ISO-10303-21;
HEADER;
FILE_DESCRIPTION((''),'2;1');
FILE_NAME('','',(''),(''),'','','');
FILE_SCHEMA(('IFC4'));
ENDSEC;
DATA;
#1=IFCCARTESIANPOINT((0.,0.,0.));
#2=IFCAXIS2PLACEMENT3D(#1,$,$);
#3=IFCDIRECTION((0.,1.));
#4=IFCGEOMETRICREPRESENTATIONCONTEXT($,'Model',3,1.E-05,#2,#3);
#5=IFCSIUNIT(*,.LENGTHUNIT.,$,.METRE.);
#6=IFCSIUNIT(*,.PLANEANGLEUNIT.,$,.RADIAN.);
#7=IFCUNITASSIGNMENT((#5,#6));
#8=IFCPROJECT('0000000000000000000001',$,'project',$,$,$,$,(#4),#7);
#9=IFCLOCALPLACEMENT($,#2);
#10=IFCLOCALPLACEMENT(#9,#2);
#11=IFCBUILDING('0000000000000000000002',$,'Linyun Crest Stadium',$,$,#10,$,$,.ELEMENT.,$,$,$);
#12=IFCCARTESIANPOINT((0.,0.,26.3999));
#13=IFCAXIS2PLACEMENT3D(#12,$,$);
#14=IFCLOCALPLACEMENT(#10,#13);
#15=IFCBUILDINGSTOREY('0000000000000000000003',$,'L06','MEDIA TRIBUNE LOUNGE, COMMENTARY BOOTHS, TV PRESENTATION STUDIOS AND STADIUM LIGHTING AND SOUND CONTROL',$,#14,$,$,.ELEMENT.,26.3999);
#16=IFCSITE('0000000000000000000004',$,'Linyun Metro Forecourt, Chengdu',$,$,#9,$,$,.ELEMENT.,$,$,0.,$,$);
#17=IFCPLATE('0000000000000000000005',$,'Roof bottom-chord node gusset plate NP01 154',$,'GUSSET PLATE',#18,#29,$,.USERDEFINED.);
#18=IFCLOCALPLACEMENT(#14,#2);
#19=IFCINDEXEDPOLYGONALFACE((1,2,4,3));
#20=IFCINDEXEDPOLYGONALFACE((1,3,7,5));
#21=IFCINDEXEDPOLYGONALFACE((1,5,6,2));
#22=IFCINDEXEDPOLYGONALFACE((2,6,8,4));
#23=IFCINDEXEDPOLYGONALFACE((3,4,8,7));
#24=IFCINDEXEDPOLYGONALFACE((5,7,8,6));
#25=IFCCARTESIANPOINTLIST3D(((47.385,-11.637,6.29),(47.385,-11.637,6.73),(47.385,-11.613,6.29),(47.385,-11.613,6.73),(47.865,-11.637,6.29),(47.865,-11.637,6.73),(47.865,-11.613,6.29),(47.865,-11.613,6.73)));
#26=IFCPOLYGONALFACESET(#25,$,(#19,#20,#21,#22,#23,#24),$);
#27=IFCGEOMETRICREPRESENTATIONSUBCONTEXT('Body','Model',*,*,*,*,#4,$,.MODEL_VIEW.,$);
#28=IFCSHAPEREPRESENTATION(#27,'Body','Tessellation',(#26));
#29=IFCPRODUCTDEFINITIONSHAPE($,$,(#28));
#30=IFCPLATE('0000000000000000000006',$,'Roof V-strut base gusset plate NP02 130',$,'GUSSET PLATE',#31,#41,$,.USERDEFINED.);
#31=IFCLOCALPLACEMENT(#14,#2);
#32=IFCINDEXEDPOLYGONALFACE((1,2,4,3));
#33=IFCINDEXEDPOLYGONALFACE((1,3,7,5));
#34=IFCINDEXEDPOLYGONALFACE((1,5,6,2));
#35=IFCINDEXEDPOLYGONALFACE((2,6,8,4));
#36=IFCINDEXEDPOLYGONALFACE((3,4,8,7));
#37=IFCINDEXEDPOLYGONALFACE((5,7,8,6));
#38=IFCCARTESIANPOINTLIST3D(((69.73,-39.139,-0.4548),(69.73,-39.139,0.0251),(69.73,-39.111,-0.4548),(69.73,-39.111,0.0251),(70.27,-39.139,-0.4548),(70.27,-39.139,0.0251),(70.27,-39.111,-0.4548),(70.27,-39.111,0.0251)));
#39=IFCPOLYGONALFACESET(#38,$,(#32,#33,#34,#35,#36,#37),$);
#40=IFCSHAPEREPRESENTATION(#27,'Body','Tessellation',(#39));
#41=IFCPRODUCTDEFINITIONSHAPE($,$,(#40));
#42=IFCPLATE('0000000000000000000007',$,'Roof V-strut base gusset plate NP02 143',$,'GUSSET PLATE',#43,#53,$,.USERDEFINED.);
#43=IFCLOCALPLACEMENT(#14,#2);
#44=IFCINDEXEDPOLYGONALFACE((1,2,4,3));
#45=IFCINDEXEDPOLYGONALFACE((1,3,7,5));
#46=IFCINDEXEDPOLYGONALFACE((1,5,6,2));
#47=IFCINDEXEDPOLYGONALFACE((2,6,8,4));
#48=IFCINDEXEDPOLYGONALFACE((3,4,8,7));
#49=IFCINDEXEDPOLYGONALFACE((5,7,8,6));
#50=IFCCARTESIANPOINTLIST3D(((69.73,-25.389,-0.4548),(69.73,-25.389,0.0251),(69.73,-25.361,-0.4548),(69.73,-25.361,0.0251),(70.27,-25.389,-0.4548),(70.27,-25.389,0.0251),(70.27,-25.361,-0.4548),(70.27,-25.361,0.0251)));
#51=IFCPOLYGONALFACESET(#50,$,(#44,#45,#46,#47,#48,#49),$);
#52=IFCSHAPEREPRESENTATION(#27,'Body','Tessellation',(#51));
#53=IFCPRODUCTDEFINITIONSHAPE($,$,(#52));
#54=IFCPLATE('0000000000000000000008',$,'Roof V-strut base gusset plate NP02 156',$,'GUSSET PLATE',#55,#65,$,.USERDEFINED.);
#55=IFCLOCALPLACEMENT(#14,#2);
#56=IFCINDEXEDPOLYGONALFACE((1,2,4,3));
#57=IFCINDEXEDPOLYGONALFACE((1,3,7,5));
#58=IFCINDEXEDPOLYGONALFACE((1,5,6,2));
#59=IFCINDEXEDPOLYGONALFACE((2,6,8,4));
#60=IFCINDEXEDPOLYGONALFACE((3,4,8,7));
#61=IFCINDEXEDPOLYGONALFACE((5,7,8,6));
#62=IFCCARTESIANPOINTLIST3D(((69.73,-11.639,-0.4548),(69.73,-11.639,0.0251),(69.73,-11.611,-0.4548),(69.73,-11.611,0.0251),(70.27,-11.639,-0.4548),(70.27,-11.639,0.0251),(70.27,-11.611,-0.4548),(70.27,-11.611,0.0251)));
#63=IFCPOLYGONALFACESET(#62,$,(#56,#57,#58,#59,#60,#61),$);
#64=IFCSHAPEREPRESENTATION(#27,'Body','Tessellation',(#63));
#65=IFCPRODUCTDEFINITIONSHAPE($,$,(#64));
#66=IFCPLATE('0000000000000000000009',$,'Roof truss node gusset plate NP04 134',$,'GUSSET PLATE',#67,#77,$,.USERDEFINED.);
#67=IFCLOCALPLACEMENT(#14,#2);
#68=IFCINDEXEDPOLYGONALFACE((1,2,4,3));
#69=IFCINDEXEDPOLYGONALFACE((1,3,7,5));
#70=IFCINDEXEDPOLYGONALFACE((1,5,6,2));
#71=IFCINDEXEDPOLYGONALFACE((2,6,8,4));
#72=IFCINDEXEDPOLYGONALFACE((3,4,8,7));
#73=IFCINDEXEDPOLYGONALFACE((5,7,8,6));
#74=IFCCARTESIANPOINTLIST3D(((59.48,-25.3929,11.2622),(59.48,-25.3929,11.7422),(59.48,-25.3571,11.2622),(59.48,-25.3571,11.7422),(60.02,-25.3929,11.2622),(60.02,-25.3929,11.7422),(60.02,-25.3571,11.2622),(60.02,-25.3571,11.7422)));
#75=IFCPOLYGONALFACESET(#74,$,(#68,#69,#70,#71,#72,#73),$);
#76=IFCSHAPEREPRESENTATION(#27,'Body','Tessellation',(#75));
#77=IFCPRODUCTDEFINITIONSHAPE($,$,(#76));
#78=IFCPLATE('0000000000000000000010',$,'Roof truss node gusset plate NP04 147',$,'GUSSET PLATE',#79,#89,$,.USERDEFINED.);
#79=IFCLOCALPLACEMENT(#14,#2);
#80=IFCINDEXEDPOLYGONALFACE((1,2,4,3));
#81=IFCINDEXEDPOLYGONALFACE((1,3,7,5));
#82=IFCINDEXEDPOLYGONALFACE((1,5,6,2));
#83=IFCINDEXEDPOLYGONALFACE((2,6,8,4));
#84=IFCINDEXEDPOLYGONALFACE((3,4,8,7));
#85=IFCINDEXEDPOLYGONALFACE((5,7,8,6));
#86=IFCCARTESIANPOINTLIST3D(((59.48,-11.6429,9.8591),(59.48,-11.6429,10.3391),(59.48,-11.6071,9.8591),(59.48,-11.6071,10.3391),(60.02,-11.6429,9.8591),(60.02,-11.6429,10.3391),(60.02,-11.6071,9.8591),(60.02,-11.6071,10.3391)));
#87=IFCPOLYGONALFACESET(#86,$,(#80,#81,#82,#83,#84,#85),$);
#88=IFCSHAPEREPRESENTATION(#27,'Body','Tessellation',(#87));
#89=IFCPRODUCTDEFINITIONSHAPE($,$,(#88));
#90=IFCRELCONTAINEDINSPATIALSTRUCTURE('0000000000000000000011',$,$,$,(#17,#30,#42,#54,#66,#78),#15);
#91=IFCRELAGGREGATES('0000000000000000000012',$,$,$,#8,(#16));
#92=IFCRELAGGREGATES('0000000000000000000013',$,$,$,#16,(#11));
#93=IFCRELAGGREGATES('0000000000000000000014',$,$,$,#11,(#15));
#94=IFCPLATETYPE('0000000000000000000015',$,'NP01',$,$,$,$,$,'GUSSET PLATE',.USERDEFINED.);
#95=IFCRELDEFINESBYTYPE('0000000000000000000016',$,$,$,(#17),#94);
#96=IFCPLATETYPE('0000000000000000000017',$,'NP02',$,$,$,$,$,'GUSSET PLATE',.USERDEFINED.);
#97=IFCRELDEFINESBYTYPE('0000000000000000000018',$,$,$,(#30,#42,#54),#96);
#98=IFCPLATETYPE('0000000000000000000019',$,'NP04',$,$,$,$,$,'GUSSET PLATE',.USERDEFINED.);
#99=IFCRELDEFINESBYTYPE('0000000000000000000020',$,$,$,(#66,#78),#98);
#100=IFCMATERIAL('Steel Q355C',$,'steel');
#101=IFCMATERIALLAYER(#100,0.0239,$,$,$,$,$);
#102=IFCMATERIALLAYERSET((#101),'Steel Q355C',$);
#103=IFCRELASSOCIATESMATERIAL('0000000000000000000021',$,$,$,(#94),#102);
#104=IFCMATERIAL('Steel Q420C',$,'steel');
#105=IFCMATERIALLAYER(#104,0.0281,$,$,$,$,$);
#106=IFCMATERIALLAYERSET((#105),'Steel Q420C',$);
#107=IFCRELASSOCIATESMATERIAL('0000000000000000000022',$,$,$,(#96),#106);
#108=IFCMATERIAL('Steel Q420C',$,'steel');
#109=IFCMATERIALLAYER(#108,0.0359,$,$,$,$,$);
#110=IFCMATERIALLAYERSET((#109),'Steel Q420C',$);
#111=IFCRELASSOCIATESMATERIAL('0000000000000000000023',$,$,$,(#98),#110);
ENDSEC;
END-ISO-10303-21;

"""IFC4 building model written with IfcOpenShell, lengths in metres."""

from ifc_helpers import new_model, si_unit, direction, frame, origin, origin_2d, place, context, subcontext, project, spatial, rectangle, extrude, material, layer, layer_set, type_object, element, save


model = new_model("IFC4")

# Units and contexts
model_context = context("Model", 3, precision=1e-05, world=origin(), true_north=direction((0.0, 1.0)))
body_context = subcontext(model_context, "Body", "Model", "MODEL_VIEW")
ifc_project = project(units=[si_unit("LENGTHUNIT", "METRE"), si_unit("PLANEANGLEUNIT", "RADIAN")], contexts=[model_context])

# Site, building, storey
site_placement = place(None, origin())
site = spatial("IfcSite", under=ifc_project, at=site_placement, Name="Linyun Metro Forecourt, Chengdu", CompositionType="ELEMENT", RefElevation=0.0)
building_placement = place(site_placement, origin())
building = spatial("IfcBuilding", under=site, at=building_placement, Name="Linyun Crest Stadium", CompositionType="ELEMENT")
storey_placement = place(building_placement, frame((0.0, 0.0, 26.3999)))
storey = spatial("IfcBuildingStorey", under=building, at=storey_placement, Name="L06", Description="MEDIA TRIBUNE LOUNGE, COMMENTARY BOOTHS, TV PRESENTATION STUDIOS AND STADIUM LIGHTING AND SOUND CONTROL", CompositionType="ELEMENT", Elevation=26.3999)

# Plates
ifc_material_1 = material(Name="Steel Q355C", Category="steel")
ifc_layer_1 = layer(ifc_material_1, 0.0239)
ifc_layer_set_1 = layer_set([ifc_layer_1], Name="Steel Q355C")
plate_type_1 = type_object("IfcPlateType", Name="NP01", ElementType="GUSSET PLATE", PredefinedType="USERDEFINED", material=ifc_layer_set_1)
for number, where, z_axis, x_axis, name in (
    (1, (47.625, -11.625, 6.29), (0.0, 0.0, 1.0), (1.0, 0.0, 0.0), "Roof bottom-chord node gusset plate NP01 154"),
):
    element("IfcPlate", number, at=place(storey_placement, frame(where, z_axis=z_axis, x_axis=x_axis)), inside=storey, type_object=plate_type_1, Name=name, ObjectType="GUSSET PLATE", PredefinedType="USERDEFINED", context=body_context, shape_type="SweptSolid", body=[
        extrude(rectangle(XDim=0.48, YDim=0.0239, at=origin_2d()), origin(), (0.0, 0.0, 1.0), 0.4399),
    ])
ifc_material_2 = material(Name="Steel Q420C", Category="steel")
ifc_layer_2 = layer(ifc_material_2, 0.0281)
ifc_layer_set_2 = layer_set([ifc_layer_2], Name="Steel Q420C")
plate_type_2 = type_object("IfcPlateType", Name="NP02", ElementType="GUSSET PLATE", PredefinedType="USERDEFINED", material=ifc_layer_set_2)
for number, where, z_axis, x_axis, name in (
    (2, (70.0, -39.125, -0.4548), (0.0, 0.0, 1.0), (1.0, 0.0, 0.0), "Roof V-strut base gusset plate NP02 130"),
    (3, (70.0, -25.375, -0.4548), (0.0, 0.0, 1.0), (1.0, 0.0, 0.0), "Roof V-strut base gusset plate NP02 143"),
    (4, (70.0, -11.625, -0.4548), (0.0, 0.0, 1.0), (1.0, 0.0, 0.0), "Roof V-strut base gusset plate NP02 156"),
):
    element("IfcPlate", number, at=place(storey_placement, frame(where, z_axis=z_axis, x_axis=x_axis)), inside=storey, type_object=plate_type_2, Name=name, ObjectType="GUSSET PLATE", PredefinedType="USERDEFINED", context=body_context, shape_type="SweptSolid", body=[
        extrude(rectangle(XDim=0.54, YDim=0.0281, at=origin_2d()), origin(), (0.0, 0.0, 1.0), 0.48),
    ])
ifc_material_3 = material(Name="Steel Q420C", Category="steel")
ifc_layer_3 = layer(ifc_material_3, 0.0359)
ifc_layer_set_3 = layer_set([ifc_layer_3], Name="Steel Q420C")
plate_type_3 = type_object("IfcPlateType", Name="NP04", ElementType="GUSSET PLATE", PredefinedType="USERDEFINED", material=ifc_layer_set_3)
for number, where, z_axis, x_axis, name in (
    (5, (59.75, -25.375, 11.2622), (0.0, 0.0, 1.0), (1.0, 0.0, 0.0), "Roof truss node gusset plate NP04 134"),
    (6, (59.75, -11.625, 9.8591), (0.0, 0.0, 1.0), (1.0, 0.0, 0.0), "Roof truss node gusset plate NP04 147"),
):
    element("IfcPlate", number, at=place(storey_placement, frame(where, z_axis=z_axis, x_axis=x_axis)), inside=storey, type_object=plate_type_3, Name=name, ObjectType="GUSSET PLATE", PredefinedType="USERDEFINED", context=body_context, shape_type="SweptSolid", body=[
        extrude(rectangle(XDim=0.54, YDim=0.0359, at=origin_2d()), origin(), (0.0, 0.0, 1.0), 0.48),
    ])

save(model, "model.ifc")
